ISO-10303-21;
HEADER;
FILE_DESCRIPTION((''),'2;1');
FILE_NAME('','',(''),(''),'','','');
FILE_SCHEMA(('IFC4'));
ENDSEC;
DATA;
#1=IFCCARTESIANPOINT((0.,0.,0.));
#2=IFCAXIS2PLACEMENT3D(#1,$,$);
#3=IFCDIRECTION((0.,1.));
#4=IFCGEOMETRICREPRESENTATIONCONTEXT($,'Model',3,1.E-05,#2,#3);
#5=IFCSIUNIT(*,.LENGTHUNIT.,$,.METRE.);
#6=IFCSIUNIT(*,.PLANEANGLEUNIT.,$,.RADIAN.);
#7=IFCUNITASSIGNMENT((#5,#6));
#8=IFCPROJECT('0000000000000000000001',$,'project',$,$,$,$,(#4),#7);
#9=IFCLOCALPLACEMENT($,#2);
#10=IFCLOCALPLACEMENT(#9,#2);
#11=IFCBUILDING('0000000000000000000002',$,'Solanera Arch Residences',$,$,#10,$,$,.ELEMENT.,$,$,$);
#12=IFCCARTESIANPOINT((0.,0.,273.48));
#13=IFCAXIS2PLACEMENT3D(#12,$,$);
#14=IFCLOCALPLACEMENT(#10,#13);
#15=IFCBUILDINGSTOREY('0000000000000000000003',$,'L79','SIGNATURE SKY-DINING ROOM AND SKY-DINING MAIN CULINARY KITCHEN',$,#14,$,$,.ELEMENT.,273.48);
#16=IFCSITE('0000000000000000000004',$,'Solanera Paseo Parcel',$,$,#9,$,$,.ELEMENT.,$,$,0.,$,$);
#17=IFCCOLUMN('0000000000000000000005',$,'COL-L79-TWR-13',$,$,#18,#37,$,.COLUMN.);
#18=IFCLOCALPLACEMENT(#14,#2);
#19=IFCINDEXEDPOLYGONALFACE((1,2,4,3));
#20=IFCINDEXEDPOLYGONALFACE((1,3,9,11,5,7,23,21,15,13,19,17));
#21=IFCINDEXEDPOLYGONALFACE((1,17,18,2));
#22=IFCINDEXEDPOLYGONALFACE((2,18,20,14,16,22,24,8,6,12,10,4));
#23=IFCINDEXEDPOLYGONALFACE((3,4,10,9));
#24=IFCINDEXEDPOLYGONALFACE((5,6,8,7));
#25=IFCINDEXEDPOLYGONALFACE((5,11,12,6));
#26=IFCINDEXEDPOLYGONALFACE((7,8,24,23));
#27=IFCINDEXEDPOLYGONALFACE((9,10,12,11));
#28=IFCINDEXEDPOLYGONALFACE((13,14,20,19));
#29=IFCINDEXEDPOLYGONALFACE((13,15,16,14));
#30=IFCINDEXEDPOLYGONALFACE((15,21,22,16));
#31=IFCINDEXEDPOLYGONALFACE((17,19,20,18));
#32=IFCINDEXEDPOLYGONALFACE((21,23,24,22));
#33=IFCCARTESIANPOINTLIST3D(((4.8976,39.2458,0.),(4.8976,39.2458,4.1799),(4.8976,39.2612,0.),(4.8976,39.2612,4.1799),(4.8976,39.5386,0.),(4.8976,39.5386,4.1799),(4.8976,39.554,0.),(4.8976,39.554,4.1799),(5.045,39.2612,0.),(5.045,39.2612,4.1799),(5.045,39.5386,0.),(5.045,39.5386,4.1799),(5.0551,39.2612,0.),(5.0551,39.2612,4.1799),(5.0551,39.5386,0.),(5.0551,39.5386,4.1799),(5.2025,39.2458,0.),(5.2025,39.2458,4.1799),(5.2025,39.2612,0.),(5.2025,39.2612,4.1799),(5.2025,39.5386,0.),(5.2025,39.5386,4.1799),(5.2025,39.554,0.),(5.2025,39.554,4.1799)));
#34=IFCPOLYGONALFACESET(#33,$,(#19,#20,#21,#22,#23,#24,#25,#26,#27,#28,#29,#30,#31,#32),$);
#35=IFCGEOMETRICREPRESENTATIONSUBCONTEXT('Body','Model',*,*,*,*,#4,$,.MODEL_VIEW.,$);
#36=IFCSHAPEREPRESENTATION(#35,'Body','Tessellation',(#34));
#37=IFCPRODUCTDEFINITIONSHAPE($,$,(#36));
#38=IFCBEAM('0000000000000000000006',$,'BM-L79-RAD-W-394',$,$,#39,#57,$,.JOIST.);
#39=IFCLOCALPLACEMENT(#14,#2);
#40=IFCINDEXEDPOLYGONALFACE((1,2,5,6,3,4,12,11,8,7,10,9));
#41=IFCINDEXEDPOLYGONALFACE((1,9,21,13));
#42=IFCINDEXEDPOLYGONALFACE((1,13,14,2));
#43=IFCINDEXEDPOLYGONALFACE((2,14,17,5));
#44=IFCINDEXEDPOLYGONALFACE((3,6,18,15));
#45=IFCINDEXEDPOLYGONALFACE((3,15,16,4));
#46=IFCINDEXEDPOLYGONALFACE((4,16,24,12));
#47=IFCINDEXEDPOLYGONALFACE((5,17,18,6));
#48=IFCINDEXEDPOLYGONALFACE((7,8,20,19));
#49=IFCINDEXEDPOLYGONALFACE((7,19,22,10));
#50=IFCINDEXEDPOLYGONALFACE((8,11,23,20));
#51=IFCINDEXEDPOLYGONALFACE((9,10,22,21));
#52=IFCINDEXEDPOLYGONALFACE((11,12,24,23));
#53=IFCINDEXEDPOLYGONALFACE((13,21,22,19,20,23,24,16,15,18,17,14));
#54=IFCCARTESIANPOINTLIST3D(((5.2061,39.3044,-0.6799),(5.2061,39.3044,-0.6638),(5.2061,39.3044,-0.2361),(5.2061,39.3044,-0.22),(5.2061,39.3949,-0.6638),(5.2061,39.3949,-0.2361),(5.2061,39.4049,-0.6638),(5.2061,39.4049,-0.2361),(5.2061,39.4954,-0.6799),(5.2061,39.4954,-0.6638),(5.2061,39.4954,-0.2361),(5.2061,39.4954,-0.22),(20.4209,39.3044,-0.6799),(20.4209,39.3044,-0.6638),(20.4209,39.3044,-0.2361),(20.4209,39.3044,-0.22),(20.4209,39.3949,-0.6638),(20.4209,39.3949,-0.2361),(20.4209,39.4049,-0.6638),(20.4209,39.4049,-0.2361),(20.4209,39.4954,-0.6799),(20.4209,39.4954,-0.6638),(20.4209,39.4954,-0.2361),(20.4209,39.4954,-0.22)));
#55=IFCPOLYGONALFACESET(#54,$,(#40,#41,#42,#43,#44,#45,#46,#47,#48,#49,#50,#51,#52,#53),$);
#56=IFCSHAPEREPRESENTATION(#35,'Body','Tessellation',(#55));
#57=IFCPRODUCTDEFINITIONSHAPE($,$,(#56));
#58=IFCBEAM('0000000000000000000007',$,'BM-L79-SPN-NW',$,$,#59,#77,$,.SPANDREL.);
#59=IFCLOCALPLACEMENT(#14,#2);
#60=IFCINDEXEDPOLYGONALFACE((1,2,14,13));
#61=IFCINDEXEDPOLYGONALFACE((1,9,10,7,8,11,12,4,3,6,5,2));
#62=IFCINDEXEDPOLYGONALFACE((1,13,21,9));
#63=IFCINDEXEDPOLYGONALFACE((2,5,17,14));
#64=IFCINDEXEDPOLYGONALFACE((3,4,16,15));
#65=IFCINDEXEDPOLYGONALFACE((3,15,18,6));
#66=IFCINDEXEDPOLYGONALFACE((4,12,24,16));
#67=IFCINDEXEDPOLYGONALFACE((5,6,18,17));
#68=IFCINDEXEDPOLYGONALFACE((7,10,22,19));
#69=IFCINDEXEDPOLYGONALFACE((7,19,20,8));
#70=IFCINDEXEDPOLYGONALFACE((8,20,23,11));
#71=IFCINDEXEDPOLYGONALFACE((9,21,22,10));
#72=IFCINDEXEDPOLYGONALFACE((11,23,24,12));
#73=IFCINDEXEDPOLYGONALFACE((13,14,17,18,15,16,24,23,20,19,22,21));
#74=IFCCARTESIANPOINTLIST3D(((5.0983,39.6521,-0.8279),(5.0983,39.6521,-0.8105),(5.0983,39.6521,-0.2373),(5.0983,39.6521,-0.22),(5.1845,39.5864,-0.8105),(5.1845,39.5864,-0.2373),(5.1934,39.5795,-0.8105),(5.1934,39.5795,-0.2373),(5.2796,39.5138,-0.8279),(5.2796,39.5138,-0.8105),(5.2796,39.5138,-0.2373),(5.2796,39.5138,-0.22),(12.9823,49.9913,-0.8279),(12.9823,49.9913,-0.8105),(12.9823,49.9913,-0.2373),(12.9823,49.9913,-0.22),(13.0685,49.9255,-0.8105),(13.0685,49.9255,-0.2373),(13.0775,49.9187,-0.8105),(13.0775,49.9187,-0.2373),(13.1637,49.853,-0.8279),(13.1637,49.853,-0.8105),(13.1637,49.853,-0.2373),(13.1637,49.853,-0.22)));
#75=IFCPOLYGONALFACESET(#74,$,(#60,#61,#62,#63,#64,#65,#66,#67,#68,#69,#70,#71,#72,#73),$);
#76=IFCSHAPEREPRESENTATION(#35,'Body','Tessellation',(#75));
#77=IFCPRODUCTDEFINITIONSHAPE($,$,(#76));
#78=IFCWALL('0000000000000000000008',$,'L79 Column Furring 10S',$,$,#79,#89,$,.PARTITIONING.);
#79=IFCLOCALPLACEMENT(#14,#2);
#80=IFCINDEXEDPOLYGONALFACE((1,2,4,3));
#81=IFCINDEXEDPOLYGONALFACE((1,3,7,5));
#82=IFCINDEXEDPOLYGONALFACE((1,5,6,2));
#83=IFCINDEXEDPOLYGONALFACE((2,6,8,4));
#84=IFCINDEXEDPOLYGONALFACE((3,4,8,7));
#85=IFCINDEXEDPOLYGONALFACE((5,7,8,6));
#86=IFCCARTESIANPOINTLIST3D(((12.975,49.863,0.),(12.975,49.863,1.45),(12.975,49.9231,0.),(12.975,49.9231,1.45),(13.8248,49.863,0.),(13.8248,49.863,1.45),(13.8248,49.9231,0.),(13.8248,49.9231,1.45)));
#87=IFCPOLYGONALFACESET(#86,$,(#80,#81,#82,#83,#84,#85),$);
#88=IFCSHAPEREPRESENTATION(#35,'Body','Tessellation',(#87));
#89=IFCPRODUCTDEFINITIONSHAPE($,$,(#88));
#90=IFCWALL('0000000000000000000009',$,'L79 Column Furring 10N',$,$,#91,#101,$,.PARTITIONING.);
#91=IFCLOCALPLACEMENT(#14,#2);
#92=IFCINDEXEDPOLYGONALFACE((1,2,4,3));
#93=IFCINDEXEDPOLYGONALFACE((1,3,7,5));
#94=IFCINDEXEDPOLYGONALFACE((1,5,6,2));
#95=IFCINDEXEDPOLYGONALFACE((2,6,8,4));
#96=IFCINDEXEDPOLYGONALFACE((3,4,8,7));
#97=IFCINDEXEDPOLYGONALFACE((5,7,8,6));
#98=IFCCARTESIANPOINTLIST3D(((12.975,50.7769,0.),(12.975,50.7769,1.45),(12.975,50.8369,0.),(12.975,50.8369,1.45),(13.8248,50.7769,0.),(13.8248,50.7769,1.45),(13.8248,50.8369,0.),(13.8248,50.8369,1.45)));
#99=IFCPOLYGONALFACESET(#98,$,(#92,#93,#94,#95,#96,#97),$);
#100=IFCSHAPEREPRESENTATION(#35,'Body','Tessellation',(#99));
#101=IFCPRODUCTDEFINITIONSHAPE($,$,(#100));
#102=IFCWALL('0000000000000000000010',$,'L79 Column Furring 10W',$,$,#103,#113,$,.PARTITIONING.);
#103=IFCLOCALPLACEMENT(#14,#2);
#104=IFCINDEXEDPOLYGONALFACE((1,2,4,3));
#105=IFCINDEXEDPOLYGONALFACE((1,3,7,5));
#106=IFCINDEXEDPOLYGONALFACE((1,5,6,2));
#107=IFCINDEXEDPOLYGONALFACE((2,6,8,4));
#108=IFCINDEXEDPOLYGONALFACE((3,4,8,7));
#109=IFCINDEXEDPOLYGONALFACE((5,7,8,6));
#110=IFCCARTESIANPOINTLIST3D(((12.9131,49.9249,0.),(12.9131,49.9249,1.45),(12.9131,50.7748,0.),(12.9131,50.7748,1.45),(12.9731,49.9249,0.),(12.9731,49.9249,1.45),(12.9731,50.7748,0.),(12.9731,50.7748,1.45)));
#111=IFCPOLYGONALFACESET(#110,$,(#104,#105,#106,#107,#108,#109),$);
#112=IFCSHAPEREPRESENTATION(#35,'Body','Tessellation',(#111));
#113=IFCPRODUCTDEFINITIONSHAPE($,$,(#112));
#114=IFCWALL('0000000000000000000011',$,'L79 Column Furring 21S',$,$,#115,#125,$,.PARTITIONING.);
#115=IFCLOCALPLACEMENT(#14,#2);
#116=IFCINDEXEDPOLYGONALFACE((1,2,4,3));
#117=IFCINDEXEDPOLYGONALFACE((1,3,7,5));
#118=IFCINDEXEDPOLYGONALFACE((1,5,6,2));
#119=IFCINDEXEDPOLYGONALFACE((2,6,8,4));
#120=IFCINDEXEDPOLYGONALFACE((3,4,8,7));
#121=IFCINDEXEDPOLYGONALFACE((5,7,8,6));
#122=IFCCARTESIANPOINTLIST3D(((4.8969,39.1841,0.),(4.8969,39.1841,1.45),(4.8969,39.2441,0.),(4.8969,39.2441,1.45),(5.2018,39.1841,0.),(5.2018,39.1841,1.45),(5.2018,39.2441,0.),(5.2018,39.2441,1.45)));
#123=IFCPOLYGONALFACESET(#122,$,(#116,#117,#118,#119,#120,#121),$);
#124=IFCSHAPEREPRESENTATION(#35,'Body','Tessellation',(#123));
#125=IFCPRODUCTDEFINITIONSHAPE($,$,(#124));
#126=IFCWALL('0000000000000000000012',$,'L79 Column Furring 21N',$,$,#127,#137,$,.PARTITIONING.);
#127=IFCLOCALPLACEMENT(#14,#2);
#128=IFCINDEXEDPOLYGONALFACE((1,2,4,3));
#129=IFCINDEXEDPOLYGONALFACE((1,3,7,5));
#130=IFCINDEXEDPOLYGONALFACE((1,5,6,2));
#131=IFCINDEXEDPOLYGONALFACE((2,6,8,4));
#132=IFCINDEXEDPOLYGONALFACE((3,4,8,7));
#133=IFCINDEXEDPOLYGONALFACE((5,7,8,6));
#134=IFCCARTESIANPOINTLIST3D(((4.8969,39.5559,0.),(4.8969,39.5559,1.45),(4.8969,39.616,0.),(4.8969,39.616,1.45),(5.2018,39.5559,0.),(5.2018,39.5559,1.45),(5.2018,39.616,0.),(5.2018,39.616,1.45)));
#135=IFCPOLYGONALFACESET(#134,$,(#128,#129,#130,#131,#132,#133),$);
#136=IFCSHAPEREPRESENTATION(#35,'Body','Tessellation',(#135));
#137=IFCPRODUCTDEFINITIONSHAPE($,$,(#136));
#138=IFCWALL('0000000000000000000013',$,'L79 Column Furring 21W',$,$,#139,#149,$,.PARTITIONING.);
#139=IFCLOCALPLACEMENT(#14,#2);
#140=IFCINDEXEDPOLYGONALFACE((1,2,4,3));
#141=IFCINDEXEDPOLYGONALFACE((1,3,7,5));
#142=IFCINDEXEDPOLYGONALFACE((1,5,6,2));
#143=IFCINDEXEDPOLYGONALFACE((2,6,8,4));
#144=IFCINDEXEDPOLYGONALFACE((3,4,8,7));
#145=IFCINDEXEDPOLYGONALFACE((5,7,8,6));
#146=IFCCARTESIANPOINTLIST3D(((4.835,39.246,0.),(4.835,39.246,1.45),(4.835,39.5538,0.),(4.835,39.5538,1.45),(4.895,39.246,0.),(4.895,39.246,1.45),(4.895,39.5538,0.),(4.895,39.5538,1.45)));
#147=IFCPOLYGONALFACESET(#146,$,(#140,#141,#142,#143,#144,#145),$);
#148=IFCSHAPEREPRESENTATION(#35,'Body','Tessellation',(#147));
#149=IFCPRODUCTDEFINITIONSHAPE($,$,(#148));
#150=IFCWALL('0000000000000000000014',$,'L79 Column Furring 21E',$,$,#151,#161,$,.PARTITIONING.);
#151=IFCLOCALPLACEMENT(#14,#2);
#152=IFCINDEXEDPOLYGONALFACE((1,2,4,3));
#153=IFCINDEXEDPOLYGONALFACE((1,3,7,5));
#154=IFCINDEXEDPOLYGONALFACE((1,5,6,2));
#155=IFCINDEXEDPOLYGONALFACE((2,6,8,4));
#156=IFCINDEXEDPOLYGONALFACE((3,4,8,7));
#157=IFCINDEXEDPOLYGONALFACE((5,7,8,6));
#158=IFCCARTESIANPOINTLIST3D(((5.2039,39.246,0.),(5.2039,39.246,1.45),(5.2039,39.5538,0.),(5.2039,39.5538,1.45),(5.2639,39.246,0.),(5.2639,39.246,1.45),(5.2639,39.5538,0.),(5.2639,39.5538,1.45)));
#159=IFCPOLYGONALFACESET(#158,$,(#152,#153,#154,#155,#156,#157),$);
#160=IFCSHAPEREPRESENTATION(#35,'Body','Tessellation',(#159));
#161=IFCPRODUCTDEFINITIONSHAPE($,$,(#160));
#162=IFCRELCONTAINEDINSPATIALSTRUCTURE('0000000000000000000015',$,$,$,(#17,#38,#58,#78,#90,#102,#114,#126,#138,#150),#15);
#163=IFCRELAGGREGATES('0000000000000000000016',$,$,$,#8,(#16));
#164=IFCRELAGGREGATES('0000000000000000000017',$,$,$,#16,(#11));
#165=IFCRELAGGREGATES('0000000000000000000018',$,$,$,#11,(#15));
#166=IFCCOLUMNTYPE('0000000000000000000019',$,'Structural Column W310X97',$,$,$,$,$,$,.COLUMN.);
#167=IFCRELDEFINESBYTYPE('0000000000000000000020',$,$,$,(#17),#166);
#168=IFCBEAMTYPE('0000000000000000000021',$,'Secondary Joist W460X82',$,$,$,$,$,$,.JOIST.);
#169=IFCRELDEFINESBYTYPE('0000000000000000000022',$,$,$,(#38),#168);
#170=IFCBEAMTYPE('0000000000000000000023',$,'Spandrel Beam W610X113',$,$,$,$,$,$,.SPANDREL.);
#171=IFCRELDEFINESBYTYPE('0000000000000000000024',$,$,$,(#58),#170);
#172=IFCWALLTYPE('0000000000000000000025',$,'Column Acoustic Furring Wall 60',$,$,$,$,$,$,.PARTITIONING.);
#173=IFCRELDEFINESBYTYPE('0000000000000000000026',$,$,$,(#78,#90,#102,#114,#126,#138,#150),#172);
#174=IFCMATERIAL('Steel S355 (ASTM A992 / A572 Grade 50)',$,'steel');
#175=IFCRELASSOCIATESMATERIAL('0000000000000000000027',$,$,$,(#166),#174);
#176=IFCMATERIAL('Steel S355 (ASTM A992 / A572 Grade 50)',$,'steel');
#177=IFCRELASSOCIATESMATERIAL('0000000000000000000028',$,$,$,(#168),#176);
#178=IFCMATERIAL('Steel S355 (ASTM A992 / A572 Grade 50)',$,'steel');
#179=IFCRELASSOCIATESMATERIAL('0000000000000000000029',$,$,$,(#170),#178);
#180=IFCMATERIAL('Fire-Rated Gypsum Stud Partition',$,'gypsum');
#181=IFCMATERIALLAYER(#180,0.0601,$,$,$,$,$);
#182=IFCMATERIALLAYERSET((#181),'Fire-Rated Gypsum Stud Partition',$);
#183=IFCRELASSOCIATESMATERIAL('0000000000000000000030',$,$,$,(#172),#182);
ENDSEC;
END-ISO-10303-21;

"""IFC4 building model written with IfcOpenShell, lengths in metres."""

from ifc_helpers import new_model, si_unit, direction, frame, frame_2d, origin, origin_2d, place, context, subcontext, project, spatial, rectangle, i_section, extrude, material, layer, layer_set, material_profile, profile_set, type_object, element, save


model = new_model("IFC4")

# Units and contexts
model_context = context("Model", 3, precision=1e-05, world=origin(), true_north=direction((0.0, 1.0)))
body_context = subcontext(model_context, "Body", "Model", "MODEL_VIEW")
ifc_project = project(units=[si_unit("LENGTHUNIT", "METRE"), si_unit("PLANEANGLEUNIT", "RADIAN")], contexts=[model_context])

# Site, building, storey
site_placement = place(None, origin())
site = spatial("IfcSite", under=ifc_project, at=site_placement, Name="Solanera Paseo Parcel", CompositionType="ELEMENT", RefElevation=0.0)
building_placement = place(site_placement, origin())
building = spatial("IfcBuilding", under=site, at=building_placement, Name="Solanera Arch Residences", CompositionType="ELEMENT")
storey_placement = place(building_placement, frame((0.0, 0.0, 273.48)))
storey = spatial("IfcBuildingStorey", under=building, at=storey_placement, Name="L79", Description="SIGNATURE SKY-DINING ROOM AND SKY-DINING MAIN CULINARY KITCHEN", CompositionType="ELEMENT", Elevation=273.48)

# Column
ifc_material_1 = material(Name="Steel S355 (ASTM A992 / A572 Grade 50)", Category="steel")
ifc_material_profile_1 = material_profile(ifc_material_1, i_section(OverallWidth=0.3049, OverallDepth=0.3081, WebThickness=0.01, FlangeThickness=0.0154, at=origin_2d()))
ifc_profile_set_1 = profile_set([ifc_material_profile_1], Name="Steel S355 (ASTM A992 / A572 Grade 50)")
column_type = type_object("IfcColumnType", Name="Structural Column W310X97", PredefinedType="COLUMN", material=ifc_profile_set_1)
column_placement = place(storey_placement, frame((5.05, 39.3999, 0.0), z_axis=(0.0, 0.0, 1.0), x_axis=(1.0, 0.0, 0.0)))
element("IfcColumn", 1, at=column_placement, inside=storey, type_object=column_type, Name="COL-L79-TWR-13", PredefinedType="COLUMN", context=body_context, shape_type="SweptSolid", body=[
    extrude(i_section(OverallWidth=0.3049, OverallDepth=0.3081, WebThickness=0.01, FlangeThickness=0.0154, at=origin_2d()), origin(), (0.0, 0.0, 1.0), 4.1799),
])

# Beams
ifc_material_2 = material(Name="Steel S355 (ASTM A992 / A572 Grade 50)", Category="steel")
ifc_material_profile_2 = material_profile(ifc_material_2, i_section(OverallWidth=0.1909, OverallDepth=0.46, WebThickness=0.01, FlangeThickness=0.0161, at=origin_2d()))
ifc_profile_set_2 = profile_set([ifc_material_profile_2], Name="Steel S355 (ASTM A992 / A572 Grade 50)")
beam_type_1 = type_object("IfcBeamType", Name="Secondary Joist W460X82", PredefinedType="JOIST", material=ifc_profile_set_2)
beam_1_placement = place(storey_placement, frame((5.2061, 39.3999, -0.45), z_axis=(1.0, 0.0, 0.0), x_axis=(0.0, 1.0, 0.0)))
element("IfcBeam", 2, at=beam_1_placement, inside=storey, type_object=beam_type_1, Name="BM-L79-RAD-W-394", PredefinedType="JOIST", context=body_context, shape_type="SweptSolid", body=[
    extrude(i_section(OverallWidth=0.1909, OverallDepth=0.46, WebThickness=0.01, FlangeThickness=0.0161, at=origin_2d()), origin(), (0.0, 0.0, 1.0), 15.2148),
])
ifc_material_3 = material(Name="Steel S355 (ASTM A992 / A572 Grade 50)", Category="steel")
ifc_material_profile_3 = material_profile(ifc_material_3, i_section(OverallWidth=0.228, OverallDepth=0.6079, WebThickness=0.0112, FlangeThickness=0.0173, at=origin_2d()))
ifc_profile_set_3 = profile_set([ifc_material_profile_3], Name="Steel S355 (ASTM A992 / A572 Grade 50)")
beam_type_2 = type_object("IfcBeamType", Name="Spandrel Beam W610X113", PredefinedType="SPANDREL", material=ifc_profile_set_3)
beam_2_placement = place(storey_placement, frame((13.073, 49.9221, -0.5239), z_axis=(-0.606365, -0.795186, 0.0), x_axis=(0.795186, -0.606365, 0.0)))
element("IfcBeam", 3, at=beam_2_placement, inside=storey, type_object=beam_type_2, Name="BM-L79-SPN-NW", PredefinedType="SPANDREL", context=body_context, shape_type="SweptSolid", body=[
    extrude(i_section(OverallWidth=0.228, OverallDepth=0.6079, WebThickness=0.0112, FlangeThickness=0.0173, at=origin_2d()), origin(), (0.0, 0.0, 1.0), 13.0022),
])

# Walls
ifc_material_4 = material(Name="Fire-Rated Gypsum Stud Partition", Category="gypsum")
ifc_layer_1 = layer(ifc_material_4, 0.0601)
ifc_layer_set_1 = layer_set([ifc_layer_1], Name="Fire-Rated Gypsum Stud Partition")
wall_type_1 = type_object("IfcWallType", Name="Column Acoustic Furring Wall 60", PredefinedType="PARTITIONING", material=ifc_layer_set_1)
for number, where, z_axis, x_axis, name in (
    (4, (12.9751, 49.8931, 0.0), (0.0, 0.0, 1.0), (1.0, 0.0, 0.0), "L79 Column Furring 10S"),
    (5, (12.9751, 50.8069, 0.0), (0.0, 0.0, 1.0), (1.0, 0.0, 0.0), "L79 Column Furring 10N"),
    (6, (12.9431, 49.925, 0.0), (0.0, 0.0, 1.0), (0.0, 1.0, 0.0), "L79 Column Furring 10W"),
):
    element("IfcWall", number, at=place(storey_placement, frame(where, z_axis=z_axis, x_axis=x_axis)), inside=storey, type_object=wall_type_1, Name=name, PredefinedType="PARTITIONING", context=body_context, shape_type="SweptSolid", body=[
        extrude(rectangle(XDim=0.8499, YDim=0.0601, at=frame_2d((0.4248, 0.0))), origin(), (0.0, 0.0, 1.0), 1.45),
    ])
for number, where, z_axis, x_axis, name in (
    (7, (4.897, 39.2141, 0.0), (0.0, 0.0, 1.0), (1.0, 0.0, 0.0), "L79 Column Furring 21S"),
    (8, (4.897, 39.5859, 0.0), (0.0, 0.0, 1.0), (1.0, 0.0, 0.0), "L79 Column Furring 21N"),
):
    element("IfcWall", number, at=place(storey_placement, frame(where, z_axis=z_axis, x_axis=x_axis)), inside=storey, type_object=wall_type_1, Name=name, PredefinedType="PARTITIONING", context=body_context, shape_type="SweptSolid", body=[
        extrude(rectangle(XDim=0.3049, YDim=0.0601, at=frame_2d((0.1523, 0.0))), origin(), (0.0, 0.0, 1.0), 1.45),
    ])
for number, where, z_axis, x_axis, name in (
    (9, (4.865, 39.2461, 0.0), (0.0, 0.0, 1.0), (0.0, 1.0, 0.0), "L79 Column Furring 21W"),
    (10, (5.2339, 39.2461, 0.0), (0.0, 0.0, 1.0), (0.0, 1.0, 0.0), "L79 Column Furring 21E"),
):
    element("IfcWall", number, at=place(storey_placement, frame(where, z_axis=z_axis, x_axis=x_axis)), inside=storey, type_object=wall_type_1, Name=name, PredefinedType="PARTITIONING", context=body_context, shape_type="SweptSolid", body=[
        extrude(rectangle(XDim=0.3079, YDim=0.0601, at=frame_2d((0.1538, 0.0))), origin(), (0.0, 0.0, 1.0), 1.45),
    ])

save(model, "model.ifc")
